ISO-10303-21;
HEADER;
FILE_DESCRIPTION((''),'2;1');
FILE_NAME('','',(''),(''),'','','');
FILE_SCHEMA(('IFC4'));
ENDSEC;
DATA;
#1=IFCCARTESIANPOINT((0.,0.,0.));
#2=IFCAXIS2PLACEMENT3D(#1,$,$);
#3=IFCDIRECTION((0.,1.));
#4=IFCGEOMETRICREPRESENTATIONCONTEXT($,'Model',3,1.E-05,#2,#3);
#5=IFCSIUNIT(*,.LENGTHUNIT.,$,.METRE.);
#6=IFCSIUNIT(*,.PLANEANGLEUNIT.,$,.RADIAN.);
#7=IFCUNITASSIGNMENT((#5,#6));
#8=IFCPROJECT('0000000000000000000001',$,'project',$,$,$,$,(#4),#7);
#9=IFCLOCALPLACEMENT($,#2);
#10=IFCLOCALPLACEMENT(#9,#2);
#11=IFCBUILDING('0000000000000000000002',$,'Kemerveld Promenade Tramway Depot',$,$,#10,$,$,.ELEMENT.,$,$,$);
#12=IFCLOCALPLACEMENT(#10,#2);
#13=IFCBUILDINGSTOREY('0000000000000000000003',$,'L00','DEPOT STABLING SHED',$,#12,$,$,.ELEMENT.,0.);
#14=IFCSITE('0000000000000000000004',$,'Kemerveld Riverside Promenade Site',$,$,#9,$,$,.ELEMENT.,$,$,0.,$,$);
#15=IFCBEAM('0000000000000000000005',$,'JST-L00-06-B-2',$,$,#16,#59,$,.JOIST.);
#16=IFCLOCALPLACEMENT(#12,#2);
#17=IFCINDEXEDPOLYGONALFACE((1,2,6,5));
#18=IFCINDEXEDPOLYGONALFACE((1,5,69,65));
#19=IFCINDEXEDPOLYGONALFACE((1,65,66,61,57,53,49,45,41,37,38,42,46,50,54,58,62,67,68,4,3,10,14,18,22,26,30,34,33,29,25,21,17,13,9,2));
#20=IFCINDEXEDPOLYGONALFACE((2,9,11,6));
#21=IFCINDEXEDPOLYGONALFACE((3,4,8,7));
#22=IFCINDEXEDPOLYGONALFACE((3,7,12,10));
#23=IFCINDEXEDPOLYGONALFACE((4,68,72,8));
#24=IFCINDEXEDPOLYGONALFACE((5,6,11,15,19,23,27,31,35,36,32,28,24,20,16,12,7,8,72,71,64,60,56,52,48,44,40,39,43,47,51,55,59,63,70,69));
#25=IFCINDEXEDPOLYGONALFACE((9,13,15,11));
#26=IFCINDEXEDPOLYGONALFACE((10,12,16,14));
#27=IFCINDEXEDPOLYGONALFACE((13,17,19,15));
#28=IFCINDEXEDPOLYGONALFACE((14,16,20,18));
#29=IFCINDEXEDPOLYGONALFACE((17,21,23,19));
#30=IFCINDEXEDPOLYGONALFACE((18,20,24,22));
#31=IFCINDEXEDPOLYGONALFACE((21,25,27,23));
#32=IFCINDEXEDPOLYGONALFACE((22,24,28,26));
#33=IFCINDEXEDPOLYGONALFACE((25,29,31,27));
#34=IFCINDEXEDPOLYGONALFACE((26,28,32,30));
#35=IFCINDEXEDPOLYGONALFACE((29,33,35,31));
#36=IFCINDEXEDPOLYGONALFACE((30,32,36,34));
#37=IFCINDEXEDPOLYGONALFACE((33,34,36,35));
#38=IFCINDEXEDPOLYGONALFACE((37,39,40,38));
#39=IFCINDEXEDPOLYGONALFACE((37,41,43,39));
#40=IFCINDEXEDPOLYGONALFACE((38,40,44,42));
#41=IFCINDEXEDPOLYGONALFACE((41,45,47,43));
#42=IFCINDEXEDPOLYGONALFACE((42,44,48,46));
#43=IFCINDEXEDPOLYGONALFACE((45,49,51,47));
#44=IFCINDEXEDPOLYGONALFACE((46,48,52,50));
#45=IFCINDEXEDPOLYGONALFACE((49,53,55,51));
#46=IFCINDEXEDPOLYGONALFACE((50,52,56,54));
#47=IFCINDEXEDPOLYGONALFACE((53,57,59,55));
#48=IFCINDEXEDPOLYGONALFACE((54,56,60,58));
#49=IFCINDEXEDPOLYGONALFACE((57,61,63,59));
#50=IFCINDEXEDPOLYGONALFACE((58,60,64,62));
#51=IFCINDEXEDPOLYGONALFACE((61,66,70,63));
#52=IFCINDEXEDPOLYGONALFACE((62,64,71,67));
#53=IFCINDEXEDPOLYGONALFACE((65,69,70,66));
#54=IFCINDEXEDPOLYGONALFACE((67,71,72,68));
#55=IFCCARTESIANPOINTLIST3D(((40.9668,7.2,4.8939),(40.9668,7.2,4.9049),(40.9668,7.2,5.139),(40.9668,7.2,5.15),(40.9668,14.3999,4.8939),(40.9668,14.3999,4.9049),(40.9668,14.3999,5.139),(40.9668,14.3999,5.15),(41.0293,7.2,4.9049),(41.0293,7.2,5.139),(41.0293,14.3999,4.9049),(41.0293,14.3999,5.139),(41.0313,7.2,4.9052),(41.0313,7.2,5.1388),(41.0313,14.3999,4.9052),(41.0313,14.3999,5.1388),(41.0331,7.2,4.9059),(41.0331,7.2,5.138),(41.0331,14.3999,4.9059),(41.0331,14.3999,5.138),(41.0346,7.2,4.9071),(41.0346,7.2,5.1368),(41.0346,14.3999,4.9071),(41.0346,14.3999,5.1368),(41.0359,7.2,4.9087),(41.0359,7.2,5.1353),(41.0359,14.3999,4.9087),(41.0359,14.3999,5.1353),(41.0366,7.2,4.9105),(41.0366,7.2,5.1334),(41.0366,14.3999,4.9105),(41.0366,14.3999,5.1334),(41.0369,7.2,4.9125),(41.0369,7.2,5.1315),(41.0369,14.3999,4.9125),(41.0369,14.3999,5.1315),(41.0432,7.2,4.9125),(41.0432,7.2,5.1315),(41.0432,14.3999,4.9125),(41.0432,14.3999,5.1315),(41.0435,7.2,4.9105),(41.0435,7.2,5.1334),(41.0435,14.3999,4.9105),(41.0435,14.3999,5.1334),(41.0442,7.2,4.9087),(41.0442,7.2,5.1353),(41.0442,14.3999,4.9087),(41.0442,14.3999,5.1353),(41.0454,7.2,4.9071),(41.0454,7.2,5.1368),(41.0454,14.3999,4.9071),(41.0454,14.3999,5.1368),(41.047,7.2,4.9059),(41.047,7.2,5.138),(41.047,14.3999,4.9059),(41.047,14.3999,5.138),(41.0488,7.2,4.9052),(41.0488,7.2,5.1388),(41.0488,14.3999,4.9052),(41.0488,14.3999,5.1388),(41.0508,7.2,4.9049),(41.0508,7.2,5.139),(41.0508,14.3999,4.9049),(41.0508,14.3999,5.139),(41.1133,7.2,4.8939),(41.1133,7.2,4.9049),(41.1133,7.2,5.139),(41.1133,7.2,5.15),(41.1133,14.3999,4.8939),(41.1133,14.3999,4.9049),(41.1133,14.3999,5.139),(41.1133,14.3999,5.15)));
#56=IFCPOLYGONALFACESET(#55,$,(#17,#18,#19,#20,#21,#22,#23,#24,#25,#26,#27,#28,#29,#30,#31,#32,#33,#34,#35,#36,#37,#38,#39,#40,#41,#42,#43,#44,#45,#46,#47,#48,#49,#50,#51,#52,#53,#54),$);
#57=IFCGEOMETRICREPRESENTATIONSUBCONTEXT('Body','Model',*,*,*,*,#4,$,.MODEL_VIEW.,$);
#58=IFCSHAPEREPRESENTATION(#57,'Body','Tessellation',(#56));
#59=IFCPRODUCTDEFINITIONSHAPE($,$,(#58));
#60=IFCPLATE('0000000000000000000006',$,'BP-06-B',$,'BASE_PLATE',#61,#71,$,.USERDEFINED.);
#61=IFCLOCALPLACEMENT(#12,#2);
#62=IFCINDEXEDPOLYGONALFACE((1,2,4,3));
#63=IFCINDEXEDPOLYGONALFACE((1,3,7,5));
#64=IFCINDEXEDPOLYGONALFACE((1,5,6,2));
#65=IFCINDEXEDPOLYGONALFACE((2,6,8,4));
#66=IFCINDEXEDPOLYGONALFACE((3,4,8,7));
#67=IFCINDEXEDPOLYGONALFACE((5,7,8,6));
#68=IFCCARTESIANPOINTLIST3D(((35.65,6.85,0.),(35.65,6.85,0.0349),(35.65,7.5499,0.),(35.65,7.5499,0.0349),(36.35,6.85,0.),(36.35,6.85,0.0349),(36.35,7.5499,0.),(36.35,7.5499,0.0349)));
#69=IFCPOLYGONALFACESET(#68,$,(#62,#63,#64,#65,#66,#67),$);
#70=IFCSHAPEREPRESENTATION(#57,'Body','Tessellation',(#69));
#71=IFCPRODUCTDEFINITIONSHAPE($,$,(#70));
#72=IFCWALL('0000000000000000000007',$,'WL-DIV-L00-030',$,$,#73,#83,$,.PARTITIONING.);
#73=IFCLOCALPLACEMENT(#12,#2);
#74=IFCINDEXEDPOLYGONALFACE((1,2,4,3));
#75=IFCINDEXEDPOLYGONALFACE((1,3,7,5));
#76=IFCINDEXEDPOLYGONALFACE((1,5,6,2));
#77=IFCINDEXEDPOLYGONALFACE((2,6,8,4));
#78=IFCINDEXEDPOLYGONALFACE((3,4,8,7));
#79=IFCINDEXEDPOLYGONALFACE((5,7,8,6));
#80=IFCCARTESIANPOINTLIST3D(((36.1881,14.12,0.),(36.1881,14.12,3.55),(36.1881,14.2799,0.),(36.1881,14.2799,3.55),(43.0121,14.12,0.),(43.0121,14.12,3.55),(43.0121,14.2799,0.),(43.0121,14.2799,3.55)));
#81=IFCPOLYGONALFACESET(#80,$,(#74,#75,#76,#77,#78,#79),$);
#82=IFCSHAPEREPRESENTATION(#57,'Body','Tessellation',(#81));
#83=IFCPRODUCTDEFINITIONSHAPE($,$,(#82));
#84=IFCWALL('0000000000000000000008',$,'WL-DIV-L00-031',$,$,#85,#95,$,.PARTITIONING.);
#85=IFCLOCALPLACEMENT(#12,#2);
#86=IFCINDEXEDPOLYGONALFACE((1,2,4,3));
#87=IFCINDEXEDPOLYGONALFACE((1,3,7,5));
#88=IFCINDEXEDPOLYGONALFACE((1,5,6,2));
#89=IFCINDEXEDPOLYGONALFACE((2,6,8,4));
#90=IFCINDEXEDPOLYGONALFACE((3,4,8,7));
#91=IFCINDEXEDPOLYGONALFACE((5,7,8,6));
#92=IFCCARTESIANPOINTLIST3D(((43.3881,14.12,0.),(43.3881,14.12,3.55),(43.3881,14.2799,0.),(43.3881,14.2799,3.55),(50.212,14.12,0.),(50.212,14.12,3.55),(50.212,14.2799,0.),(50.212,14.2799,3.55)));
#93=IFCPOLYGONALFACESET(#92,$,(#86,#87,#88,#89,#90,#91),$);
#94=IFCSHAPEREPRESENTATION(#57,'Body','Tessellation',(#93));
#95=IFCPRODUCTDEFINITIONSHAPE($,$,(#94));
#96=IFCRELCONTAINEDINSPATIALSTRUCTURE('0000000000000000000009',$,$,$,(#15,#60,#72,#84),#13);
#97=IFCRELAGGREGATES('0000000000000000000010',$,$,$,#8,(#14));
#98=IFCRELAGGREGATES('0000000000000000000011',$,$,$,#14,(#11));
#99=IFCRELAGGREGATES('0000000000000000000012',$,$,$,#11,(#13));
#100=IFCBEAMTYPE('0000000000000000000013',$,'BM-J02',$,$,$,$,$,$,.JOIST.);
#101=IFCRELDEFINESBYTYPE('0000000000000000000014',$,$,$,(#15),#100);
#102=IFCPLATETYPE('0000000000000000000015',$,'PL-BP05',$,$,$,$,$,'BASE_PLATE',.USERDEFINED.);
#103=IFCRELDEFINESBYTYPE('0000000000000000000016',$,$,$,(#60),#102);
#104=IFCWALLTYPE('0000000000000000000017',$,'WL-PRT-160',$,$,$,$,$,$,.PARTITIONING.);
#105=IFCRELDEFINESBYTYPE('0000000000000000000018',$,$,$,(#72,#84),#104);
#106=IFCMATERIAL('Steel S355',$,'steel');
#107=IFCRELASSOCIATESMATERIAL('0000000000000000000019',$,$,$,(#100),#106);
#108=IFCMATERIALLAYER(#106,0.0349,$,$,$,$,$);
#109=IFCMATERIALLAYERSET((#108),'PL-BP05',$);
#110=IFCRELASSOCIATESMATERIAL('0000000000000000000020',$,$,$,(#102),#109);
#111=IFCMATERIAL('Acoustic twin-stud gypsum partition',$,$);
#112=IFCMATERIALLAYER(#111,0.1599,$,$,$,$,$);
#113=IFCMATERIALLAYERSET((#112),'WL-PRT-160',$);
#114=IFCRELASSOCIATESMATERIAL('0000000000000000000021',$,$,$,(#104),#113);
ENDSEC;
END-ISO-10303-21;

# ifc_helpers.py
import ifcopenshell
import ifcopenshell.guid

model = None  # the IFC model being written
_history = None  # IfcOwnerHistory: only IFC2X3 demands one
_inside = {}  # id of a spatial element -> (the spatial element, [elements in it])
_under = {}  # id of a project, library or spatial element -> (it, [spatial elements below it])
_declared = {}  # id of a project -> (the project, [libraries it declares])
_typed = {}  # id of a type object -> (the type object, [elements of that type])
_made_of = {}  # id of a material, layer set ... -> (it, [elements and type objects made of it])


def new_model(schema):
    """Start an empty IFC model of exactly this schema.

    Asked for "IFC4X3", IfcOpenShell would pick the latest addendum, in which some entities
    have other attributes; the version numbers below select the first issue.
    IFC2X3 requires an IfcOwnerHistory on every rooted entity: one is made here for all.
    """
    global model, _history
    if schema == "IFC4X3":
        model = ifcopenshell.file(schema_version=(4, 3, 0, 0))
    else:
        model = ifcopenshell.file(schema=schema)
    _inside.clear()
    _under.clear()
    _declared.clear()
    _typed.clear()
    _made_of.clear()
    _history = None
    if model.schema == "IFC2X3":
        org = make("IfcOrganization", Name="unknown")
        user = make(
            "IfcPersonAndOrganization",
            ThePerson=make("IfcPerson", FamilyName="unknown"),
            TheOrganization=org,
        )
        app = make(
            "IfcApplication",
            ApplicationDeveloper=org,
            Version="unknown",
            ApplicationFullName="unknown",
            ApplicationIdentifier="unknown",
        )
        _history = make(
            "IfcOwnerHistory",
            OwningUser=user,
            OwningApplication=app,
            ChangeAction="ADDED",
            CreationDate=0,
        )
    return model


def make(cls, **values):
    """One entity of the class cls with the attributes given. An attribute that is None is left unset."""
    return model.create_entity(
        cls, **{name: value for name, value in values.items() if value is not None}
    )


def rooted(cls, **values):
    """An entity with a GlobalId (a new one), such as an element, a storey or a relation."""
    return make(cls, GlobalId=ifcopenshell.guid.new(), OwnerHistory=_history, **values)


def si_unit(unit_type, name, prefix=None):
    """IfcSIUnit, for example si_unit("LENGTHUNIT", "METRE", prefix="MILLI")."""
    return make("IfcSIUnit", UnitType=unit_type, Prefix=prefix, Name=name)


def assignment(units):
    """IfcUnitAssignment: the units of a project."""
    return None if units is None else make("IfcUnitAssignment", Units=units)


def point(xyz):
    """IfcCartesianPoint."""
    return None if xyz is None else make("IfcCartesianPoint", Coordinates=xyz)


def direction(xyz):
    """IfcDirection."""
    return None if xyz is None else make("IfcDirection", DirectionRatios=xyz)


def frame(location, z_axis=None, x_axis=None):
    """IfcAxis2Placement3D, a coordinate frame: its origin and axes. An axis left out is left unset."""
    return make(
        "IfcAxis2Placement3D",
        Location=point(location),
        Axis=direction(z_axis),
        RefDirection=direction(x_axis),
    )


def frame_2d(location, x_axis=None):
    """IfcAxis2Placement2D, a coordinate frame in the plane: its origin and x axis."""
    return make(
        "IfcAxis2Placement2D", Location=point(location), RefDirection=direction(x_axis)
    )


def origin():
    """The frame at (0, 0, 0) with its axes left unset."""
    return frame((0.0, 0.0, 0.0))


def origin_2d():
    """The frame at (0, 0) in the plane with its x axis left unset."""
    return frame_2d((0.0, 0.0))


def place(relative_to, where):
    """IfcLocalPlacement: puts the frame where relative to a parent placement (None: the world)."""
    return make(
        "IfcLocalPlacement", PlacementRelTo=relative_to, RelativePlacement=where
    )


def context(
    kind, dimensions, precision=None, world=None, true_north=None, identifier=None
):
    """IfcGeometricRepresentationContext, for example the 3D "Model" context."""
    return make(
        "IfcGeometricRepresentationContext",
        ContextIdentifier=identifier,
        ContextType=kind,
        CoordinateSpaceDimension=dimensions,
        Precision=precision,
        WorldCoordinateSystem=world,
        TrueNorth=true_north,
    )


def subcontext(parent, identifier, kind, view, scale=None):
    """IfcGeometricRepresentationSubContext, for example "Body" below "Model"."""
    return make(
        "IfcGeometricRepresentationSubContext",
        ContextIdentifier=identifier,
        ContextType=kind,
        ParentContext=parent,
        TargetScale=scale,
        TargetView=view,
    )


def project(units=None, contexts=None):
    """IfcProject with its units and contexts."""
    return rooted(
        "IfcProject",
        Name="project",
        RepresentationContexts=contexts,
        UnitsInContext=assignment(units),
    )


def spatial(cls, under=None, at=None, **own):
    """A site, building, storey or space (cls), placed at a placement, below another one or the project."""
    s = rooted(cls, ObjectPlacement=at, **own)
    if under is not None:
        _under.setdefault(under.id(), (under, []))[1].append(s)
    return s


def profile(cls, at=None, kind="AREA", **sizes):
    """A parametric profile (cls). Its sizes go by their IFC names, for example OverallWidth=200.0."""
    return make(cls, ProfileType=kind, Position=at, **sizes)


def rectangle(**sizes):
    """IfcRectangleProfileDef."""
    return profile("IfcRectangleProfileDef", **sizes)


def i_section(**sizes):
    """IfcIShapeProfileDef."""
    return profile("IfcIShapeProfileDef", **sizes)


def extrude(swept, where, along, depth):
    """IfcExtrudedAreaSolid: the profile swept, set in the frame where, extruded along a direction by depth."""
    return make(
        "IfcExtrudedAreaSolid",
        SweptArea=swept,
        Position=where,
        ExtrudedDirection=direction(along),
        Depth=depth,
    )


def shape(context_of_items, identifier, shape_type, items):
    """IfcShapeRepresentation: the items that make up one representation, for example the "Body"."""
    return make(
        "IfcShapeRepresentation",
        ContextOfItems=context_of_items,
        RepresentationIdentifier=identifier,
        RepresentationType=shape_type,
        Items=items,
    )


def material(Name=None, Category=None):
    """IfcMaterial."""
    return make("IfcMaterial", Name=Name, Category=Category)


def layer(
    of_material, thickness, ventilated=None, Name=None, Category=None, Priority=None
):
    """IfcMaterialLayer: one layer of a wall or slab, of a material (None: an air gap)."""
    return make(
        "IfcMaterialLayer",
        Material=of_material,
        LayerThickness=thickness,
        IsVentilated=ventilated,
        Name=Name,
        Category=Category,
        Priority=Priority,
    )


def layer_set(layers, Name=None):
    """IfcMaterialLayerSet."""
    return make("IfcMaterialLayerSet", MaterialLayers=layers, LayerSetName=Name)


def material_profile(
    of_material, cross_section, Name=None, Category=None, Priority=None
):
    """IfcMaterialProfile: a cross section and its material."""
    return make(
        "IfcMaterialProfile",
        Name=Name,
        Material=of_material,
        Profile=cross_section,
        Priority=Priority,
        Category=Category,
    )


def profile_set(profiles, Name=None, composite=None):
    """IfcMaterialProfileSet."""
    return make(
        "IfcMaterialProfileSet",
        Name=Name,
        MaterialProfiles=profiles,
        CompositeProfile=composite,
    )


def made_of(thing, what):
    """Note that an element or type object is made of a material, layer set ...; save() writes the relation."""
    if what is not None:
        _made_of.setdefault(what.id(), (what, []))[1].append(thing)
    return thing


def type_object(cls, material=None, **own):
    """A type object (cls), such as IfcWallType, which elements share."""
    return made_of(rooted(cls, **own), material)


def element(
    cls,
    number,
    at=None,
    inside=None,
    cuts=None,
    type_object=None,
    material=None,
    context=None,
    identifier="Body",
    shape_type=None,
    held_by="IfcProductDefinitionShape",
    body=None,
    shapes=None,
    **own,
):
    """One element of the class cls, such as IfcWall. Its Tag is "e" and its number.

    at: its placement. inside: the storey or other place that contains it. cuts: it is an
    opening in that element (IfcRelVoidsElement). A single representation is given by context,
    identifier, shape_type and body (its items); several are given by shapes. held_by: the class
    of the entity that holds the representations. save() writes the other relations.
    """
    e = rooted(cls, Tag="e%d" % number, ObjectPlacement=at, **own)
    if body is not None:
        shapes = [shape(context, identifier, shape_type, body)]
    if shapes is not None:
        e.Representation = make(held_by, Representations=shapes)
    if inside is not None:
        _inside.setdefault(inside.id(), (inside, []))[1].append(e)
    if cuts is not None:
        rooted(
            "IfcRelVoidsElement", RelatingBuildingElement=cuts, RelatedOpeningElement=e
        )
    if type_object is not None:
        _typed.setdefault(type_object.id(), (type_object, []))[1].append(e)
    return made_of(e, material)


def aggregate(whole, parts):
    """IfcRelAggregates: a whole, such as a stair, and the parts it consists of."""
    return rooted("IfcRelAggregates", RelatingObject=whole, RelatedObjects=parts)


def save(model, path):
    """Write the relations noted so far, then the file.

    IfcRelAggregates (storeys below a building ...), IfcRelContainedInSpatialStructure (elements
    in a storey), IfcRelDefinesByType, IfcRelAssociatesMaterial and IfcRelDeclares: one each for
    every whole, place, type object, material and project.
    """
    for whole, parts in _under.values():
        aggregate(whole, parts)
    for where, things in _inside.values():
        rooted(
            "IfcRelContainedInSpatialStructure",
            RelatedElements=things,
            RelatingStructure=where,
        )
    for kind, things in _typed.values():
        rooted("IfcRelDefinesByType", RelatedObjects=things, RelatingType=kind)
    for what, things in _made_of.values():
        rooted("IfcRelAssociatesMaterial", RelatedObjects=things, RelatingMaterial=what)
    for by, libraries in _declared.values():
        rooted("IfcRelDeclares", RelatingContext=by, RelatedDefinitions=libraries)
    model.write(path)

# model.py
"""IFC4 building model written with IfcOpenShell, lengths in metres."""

from ifc_helpers import new_model, si_unit, direction, frame, frame_2d, origin, origin_2d, place, context, subcontext, project, spatial, rectangle, i_section, extrude, material, layer, layer_set, material_profile, profile_set, type_object, element, save


model = new_model("IFC4")

# Units and contexts
model_context = context("Model", 3, precision=1e-05, world=origin(), true_north=direction((0.0, 1.0)))
body_context = subcontext(model_context, "Body", "Model", "MODEL_VIEW")
ifc_project = project(units=[si_unit("LENGTHUNIT", "METRE"), si_unit("PLANEANGLEUNIT", "RADIAN")], contexts=[model_context])

# Site, building, storey
site_placement = place(None, origin())
site = spatial("IfcSite", under=ifc_project, at=site_placement, Name="Kemerveld Riverside Promenade Site", CompositionType="ELEMENT", RefElevation=0.0)
building_placement = place(site_placement, origin())
building = spatial("IfcBuilding", under=site, at=building_placement, Name="Kemerveld Promenade Tramway Depot", CompositionType="ELEMENT")
storey_placement = place(building_placement, origin())
storey = spatial("IfcBuildingStorey", under=building, at=storey_placement, Name="L00", Description="DEPOT STABLING SHED", CompositionType="ELEMENT", Elevation=0.0)

# Shared definitions
ifc_material_1 = material(Name="Steel S355", Category="steel")

# Beam
ifc_material_profile_1 = material_profile(ifc_material_1, i_section(OverallWidth=0.1465, OverallDepth=0.2561, WebThickness=0.0063, FlangeThickness=0.011, FilletRadius=0.0076, at=origin_2d()), Name="254x146x37 UB")
ifc_profile_set_1 = profile_set([ifc_material_profile_1], Name="Steel S355")
beam_type_1 = type_object("IfcBeamType", Name="BM-J02", PredefinedType="JOIST", material=ifc_profile_set_1)
for number, where, z_axis, x_axis, name in (
    (1, (41.04, 7.2, 5.022), (0.0, 1.0, 0.0), (-1.0, 0.0, 0.0), "JST-L00-06-B-2"),
):
    element("IfcBeam", number, at=place(storey_placement, frame(where, z_axis=z_axis, x_axis=x_axis)), inside=storey, type_object=beam_type_1, Name=name, PredefinedType="JOIST", context=body_context, shape_type="SweptSolid", body=[
        extrude(i_section(OverallWidth=0.1465, OverallDepth=0.2561, WebThickness=0.0063, FlangeThickness=0.011, FilletRadius=0.0076, at=origin_2d()), origin(), (0.0, 0.0, 1.0), 7.2),
    ])

# Plate
ifc_layer_1 = layer(ifc_material_1, 0.0349)
ifc_layer_set_1 = layer_set([ifc_layer_1], Name="PL-BP05")
plate_type = type_object("IfcPlateType", Name="PL-BP05", ElementType="BASE_PLATE", PredefinedType="USERDEFINED", material=ifc_layer_set_1)
plate_placement = place(storey_placement, frame((36.0, 7.2, 0.0), z_axis=(0.0, 0.0, 1.0), x_axis=(1.0, 0.0, 0.0)))
element("IfcPlate", 2, at=plate_placement, inside=storey, type_object=plate_type, Name="BP-06-B", ObjectType="BASE_PLATE", PredefinedType="USERDEFINED", context=body_context, shape_type="SweptSolid", body=[
    extrude(rectangle(XDim=0.7, YDim=0.7, at=origin_2d()), origin(), (0.0, 0.0, 1.0), 0.0349),
])

# Walls
ifc_material_2 = material(Name="Acoustic twin-stud gypsum partition")
ifc_layer_2 = layer(ifc_material_2, 0.1599)
ifc_layer_set_2 = layer_set([ifc_layer_2], Name="WL-PRT-160")
wall_type = type_object("IfcWallType", Name="WL-PRT-160", PredefinedType="PARTITIONING", material=ifc_layer_set_2)
for number, where, z_axis, x_axis, name in (
    (3, (36.188, 14.2, 0.0), (0.0, 0.0, 1.0), (1.0, 0.0, 0.0), "WL-DIV-L00-030"),
    (4, (43.3879, 14.2, 0.0), (0.0, 0.0, 1.0), (1.0, 0.0, 0.0), "WL-DIV-L00-031"),
):
    element("IfcWall", number, at=place(storey_placement, frame(where, z_axis=z_axis, x_axis=x_axis)), inside=storey, type_object=wall_type, Name=name, PredefinedType="PARTITIONING", context=body_context, shape_type="SweptSolid", body=[
        extrude(rectangle(XDim=6.824, YDim=0.1599, at=frame_2d((3.4121, 0.0))), origin(), (0.0, 0.0, 1.0), 3.55),
    ])

save(model, "model.ifc")
